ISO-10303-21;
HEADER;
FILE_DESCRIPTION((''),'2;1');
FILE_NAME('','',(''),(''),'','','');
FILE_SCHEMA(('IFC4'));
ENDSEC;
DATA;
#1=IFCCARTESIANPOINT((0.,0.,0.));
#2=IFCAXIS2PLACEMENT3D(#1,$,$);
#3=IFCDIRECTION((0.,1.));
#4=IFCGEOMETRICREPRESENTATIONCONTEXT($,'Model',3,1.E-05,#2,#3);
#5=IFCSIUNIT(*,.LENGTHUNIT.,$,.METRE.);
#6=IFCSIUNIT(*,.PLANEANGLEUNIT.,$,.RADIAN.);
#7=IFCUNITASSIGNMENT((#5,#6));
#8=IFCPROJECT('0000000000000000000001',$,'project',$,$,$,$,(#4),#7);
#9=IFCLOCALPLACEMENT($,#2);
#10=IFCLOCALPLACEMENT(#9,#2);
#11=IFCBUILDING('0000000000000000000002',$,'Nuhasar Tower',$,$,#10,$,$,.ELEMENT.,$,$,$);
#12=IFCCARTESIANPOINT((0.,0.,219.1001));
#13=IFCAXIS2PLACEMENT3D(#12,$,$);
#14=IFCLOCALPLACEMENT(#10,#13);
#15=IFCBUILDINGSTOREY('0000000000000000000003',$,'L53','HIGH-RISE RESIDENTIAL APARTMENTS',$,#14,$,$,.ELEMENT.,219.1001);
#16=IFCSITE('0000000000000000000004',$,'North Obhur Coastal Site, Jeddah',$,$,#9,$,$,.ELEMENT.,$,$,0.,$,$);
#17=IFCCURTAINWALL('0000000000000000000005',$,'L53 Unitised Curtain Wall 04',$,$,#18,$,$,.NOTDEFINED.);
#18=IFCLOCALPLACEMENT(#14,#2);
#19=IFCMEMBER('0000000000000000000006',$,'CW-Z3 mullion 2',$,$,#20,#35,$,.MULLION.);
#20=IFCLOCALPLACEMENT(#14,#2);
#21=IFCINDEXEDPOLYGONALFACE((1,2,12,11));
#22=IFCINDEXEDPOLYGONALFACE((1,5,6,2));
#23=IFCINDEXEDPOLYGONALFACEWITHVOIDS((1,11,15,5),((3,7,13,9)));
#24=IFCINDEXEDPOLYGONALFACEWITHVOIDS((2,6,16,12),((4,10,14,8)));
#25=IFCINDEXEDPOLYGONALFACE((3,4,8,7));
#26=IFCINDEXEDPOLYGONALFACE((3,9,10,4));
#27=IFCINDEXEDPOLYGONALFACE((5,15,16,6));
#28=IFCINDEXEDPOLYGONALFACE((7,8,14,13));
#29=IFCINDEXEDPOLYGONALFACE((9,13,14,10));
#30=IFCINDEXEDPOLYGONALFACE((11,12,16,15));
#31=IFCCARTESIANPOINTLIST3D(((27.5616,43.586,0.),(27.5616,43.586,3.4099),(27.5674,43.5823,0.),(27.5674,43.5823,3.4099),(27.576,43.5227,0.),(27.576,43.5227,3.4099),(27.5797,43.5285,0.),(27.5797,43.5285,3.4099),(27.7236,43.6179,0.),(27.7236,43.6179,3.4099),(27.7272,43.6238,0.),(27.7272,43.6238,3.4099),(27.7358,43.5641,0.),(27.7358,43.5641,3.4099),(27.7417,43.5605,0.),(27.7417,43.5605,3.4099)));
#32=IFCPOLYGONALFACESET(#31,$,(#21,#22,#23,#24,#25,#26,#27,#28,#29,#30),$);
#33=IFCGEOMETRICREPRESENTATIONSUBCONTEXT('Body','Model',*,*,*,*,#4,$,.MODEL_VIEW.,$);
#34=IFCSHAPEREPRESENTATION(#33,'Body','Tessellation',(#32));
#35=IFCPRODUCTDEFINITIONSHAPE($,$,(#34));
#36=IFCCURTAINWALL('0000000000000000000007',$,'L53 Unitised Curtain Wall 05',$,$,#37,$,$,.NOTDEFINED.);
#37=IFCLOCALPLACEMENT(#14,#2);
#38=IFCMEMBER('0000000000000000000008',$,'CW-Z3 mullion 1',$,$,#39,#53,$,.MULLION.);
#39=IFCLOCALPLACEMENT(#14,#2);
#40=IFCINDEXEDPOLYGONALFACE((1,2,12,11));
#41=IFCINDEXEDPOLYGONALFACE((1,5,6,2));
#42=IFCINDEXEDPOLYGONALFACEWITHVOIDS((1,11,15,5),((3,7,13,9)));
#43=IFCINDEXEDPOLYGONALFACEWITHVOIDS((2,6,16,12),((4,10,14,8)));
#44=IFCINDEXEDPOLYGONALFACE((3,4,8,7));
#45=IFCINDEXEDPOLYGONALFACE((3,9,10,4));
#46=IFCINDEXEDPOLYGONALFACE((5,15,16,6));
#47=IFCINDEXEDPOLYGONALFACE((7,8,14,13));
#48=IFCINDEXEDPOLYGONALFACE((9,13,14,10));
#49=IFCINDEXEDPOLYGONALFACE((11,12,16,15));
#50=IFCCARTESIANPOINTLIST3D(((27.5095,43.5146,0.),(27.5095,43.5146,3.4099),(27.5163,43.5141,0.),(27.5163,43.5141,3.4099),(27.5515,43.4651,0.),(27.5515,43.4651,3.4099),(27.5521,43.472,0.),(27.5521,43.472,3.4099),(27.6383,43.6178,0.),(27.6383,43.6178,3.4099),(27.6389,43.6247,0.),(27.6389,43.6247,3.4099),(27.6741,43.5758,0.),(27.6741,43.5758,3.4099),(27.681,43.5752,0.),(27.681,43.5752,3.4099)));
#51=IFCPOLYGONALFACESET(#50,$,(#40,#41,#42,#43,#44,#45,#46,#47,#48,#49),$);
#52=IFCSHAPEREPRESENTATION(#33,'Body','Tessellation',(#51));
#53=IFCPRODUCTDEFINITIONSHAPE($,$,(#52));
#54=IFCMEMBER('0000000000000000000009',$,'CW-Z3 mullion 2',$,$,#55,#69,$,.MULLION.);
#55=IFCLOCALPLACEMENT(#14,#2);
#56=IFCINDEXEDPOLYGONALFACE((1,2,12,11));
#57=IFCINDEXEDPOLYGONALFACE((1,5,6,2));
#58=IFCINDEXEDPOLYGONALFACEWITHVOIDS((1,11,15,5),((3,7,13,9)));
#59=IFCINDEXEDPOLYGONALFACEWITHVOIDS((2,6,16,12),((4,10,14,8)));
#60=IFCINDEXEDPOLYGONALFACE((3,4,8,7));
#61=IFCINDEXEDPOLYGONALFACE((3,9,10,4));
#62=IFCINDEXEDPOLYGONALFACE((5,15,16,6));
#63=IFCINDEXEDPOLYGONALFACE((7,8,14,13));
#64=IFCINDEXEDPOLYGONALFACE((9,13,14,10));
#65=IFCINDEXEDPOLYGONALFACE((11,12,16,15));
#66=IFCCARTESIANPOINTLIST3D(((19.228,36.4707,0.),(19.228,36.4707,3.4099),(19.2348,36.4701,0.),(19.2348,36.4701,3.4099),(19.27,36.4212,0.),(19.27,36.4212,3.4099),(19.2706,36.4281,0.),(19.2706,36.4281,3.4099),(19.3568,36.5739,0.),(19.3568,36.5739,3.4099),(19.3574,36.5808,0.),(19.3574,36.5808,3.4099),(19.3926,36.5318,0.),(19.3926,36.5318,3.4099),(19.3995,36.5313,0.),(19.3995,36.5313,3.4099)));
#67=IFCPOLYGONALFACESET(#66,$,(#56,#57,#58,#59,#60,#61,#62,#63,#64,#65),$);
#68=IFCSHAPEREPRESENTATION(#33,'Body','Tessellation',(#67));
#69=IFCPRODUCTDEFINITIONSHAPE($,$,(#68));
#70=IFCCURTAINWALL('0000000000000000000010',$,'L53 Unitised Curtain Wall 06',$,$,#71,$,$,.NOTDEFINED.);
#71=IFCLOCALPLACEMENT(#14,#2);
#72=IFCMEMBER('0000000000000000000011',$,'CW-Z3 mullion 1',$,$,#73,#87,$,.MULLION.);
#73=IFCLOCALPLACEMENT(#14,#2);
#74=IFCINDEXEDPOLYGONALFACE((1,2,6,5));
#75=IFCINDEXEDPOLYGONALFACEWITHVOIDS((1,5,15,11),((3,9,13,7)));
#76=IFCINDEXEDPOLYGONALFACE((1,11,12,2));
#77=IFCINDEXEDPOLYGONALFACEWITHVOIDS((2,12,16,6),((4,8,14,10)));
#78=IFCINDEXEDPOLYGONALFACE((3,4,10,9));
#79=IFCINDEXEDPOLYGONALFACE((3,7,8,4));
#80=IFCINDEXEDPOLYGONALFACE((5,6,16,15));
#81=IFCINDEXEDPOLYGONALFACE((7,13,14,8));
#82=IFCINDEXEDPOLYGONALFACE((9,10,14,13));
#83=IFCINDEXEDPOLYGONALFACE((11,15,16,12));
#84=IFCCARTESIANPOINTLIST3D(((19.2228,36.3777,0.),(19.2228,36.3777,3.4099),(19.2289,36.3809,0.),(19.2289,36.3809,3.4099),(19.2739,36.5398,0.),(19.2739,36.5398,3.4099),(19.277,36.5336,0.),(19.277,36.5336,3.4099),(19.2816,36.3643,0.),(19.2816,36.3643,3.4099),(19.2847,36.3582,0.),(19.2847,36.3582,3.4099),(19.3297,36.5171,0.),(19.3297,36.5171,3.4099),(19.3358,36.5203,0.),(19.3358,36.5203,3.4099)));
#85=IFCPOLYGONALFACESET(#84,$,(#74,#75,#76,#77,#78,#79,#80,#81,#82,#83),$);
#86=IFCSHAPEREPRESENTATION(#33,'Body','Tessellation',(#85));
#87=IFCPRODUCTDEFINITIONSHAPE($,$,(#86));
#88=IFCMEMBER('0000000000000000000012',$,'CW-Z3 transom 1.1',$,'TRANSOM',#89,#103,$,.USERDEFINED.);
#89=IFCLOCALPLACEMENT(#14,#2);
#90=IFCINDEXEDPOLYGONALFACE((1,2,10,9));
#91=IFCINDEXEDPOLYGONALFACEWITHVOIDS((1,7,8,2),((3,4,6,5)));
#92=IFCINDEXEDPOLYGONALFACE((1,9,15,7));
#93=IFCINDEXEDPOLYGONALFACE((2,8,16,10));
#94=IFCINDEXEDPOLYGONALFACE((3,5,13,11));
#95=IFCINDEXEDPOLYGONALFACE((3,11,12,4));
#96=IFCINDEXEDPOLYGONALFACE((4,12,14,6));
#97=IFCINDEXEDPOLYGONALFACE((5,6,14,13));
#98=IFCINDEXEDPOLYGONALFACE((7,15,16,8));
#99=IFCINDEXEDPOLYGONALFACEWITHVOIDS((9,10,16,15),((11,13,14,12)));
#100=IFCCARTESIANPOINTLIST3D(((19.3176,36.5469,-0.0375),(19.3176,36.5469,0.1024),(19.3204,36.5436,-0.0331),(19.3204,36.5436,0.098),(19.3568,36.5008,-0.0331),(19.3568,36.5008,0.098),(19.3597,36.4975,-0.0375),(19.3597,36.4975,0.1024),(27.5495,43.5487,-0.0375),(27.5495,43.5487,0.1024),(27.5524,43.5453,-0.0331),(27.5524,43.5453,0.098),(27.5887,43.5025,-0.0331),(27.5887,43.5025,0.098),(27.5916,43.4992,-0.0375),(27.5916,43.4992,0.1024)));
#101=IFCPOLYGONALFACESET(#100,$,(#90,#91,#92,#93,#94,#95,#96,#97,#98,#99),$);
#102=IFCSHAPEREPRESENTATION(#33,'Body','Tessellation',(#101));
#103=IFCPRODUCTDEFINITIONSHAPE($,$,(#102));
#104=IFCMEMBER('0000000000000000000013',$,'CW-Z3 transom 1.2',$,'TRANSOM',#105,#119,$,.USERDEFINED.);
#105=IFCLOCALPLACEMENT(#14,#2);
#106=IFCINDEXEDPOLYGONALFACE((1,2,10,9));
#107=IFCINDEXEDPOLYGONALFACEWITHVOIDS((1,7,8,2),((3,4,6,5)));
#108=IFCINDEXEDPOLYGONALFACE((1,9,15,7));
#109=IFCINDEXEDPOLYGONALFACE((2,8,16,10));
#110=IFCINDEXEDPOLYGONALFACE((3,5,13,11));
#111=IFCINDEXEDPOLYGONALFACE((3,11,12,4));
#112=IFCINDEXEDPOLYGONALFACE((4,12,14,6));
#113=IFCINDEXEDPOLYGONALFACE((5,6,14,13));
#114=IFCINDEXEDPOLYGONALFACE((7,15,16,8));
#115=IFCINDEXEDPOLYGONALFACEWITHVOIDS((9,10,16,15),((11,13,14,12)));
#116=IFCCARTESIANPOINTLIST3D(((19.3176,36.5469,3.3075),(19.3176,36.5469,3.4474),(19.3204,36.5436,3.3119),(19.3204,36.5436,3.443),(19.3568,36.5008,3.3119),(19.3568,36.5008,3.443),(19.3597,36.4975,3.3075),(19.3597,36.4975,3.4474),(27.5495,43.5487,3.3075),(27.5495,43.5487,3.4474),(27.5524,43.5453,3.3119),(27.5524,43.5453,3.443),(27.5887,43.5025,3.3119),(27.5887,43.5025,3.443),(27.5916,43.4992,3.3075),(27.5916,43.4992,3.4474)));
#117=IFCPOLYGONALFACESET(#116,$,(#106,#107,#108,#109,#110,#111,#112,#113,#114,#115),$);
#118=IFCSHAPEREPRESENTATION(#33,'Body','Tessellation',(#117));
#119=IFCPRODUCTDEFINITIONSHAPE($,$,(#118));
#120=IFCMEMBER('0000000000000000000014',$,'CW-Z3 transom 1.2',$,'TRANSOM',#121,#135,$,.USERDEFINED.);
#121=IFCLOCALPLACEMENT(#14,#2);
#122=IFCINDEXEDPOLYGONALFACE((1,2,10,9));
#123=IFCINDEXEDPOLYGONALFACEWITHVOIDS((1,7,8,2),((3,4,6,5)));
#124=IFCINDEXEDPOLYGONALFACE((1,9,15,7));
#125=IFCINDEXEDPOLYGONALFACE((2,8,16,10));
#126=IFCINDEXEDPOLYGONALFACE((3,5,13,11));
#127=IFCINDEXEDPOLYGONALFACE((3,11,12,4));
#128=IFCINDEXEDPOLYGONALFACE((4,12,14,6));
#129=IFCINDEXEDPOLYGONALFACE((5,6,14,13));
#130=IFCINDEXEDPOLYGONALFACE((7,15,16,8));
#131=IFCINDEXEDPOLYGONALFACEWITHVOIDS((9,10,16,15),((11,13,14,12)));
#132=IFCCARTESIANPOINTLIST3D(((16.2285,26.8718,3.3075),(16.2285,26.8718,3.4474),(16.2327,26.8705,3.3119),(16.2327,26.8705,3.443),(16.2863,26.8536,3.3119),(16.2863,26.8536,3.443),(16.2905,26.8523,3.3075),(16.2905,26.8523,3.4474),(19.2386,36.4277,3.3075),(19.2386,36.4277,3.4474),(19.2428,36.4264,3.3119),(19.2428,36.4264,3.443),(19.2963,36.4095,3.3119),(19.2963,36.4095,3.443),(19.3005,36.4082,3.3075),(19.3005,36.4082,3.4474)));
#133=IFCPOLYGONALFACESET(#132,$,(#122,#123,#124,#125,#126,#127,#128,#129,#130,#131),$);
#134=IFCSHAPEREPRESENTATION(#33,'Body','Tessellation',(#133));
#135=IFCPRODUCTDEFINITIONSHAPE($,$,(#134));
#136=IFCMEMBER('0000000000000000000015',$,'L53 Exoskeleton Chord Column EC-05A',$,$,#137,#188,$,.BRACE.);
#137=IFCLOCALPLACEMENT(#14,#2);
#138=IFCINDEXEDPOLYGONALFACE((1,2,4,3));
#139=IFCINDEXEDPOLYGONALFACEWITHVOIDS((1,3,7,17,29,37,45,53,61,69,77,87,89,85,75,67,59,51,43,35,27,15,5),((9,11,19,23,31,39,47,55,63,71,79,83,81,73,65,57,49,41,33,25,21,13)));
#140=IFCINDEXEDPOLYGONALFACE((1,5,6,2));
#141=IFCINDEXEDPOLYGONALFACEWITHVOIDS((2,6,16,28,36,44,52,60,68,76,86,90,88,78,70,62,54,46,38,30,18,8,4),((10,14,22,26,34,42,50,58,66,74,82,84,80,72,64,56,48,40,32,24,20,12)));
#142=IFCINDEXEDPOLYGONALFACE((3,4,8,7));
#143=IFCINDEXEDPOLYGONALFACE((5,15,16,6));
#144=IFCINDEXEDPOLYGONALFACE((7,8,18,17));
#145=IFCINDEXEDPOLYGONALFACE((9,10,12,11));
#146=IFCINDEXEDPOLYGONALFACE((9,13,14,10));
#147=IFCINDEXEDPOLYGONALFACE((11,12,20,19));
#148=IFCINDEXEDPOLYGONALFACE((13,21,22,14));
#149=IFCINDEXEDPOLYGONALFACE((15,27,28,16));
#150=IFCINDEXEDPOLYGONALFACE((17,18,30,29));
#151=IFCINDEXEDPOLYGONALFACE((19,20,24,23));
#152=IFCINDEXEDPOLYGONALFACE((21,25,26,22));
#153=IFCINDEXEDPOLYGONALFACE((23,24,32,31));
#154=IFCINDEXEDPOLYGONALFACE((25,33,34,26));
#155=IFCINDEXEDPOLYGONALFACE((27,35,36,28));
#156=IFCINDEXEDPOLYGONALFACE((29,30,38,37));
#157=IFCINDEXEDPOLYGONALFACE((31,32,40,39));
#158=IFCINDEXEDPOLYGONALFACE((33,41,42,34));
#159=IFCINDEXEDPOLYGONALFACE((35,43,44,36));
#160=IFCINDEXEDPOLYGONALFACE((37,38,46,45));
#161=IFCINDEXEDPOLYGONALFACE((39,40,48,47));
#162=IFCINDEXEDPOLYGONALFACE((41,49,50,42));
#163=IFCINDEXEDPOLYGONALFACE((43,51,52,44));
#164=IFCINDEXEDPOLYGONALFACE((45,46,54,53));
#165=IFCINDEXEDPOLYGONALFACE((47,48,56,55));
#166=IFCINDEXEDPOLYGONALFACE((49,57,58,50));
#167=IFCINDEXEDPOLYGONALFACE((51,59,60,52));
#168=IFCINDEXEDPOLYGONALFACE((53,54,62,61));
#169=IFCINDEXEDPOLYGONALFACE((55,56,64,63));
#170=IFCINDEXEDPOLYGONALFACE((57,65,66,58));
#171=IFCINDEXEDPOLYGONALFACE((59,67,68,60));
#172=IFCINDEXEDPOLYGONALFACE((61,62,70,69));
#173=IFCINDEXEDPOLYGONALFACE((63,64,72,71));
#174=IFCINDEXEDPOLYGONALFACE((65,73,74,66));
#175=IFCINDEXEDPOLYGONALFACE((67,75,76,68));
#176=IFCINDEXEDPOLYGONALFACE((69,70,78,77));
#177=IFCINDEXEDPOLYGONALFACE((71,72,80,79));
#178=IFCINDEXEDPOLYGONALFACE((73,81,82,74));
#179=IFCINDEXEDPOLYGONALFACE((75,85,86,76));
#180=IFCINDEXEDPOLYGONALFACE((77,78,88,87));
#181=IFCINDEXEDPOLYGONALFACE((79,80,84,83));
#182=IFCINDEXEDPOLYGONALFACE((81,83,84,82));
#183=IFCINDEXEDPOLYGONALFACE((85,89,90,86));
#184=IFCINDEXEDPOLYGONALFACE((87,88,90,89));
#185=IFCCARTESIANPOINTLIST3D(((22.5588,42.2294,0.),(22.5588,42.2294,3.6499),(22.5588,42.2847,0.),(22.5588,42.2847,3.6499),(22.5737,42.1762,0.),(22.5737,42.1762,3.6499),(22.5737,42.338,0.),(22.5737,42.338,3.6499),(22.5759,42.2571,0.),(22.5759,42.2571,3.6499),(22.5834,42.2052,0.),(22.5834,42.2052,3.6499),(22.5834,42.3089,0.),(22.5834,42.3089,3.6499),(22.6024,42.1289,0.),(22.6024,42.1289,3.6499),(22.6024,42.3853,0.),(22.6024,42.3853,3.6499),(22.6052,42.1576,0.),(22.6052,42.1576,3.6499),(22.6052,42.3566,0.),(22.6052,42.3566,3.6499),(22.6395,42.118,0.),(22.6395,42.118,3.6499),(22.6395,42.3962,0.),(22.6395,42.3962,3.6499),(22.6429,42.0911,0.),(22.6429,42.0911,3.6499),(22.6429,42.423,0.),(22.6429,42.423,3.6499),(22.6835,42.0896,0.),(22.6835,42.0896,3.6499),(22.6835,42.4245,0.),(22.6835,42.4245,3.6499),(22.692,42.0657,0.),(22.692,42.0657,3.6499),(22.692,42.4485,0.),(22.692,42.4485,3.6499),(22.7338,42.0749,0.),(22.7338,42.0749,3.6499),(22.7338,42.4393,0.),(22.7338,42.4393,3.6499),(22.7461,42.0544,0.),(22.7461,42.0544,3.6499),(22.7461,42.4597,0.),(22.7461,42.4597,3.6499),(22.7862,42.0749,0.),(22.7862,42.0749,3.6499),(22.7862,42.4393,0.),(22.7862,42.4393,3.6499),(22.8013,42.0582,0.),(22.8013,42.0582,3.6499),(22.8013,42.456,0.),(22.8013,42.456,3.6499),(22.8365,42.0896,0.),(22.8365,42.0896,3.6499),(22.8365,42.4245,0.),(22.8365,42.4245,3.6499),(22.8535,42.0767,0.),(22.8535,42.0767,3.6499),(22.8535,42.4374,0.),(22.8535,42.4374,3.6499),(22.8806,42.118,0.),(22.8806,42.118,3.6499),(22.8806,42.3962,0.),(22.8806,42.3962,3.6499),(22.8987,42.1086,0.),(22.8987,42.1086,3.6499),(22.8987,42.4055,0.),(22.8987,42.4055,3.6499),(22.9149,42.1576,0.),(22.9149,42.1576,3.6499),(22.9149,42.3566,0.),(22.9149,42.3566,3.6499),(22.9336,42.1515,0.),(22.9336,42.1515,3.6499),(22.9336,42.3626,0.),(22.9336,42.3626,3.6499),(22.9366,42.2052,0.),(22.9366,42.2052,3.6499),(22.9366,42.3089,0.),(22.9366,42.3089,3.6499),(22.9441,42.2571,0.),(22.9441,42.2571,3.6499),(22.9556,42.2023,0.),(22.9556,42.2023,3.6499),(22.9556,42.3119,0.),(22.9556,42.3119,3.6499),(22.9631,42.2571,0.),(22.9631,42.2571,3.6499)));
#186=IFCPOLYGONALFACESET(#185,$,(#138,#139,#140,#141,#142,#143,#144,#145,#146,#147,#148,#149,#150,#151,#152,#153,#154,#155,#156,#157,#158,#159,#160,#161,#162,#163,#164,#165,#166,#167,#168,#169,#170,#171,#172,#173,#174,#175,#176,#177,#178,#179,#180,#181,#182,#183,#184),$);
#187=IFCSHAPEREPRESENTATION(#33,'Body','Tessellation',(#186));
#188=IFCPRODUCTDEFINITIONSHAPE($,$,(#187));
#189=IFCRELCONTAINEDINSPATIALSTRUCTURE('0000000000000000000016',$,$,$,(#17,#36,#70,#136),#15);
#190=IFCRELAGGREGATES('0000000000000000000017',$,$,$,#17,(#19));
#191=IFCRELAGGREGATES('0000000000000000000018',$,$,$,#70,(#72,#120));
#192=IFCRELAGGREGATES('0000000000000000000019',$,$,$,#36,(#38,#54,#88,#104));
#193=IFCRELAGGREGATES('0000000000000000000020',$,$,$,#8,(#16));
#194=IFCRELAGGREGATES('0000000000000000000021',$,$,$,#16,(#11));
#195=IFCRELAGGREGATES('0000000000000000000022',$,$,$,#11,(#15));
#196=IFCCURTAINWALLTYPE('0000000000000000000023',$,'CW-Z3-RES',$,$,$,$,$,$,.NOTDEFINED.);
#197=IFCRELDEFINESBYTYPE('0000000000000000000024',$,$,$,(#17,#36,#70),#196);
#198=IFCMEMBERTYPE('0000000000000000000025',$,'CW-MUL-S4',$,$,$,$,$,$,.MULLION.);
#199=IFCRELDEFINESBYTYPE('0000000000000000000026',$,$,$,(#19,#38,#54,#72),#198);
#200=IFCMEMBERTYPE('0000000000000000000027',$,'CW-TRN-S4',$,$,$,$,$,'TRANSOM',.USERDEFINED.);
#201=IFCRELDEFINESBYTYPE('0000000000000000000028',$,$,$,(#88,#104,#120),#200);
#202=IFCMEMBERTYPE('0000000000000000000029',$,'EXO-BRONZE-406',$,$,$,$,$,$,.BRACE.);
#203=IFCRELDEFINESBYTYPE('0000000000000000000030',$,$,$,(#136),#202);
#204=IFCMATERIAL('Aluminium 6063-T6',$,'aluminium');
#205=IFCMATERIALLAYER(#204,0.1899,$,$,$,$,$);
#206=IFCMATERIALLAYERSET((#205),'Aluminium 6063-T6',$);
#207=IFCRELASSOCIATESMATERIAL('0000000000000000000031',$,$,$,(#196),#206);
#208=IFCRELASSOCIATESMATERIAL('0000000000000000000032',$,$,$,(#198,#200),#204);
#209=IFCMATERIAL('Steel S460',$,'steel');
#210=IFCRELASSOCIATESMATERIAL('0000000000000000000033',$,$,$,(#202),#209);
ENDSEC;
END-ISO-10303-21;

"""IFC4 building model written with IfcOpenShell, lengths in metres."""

from ifc_helpers import new_model, si_unit, direction, frame, origin, origin_2d, place, context, subcontext, project, spatial, hollow_rectangle, hollow_circle, extrude, material, layer, layer_set, material_profile, profile_set, type_object, element, aggregate, save


model = new_model("IFC4")

# Units and contexts
model_context = context("Model", 3, precision=1e-05, world=origin(), true_north=direction((0.0, 1.0)))
body_context = subcontext(model_context, "Body", "Model", "MODEL_VIEW")
ifc_project = project(units=[si_unit("LENGTHUNIT", "METRE"), si_unit("PLANEANGLEUNIT", "RADIAN")], contexts=[model_context])

# Site, building, storey
site_placement = place(None, origin())
site = spatial("IfcSite", under=ifc_project, at=site_placement, Name="North Obhur Coastal Site, Jeddah", CompositionType="ELEMENT", RefElevation=0.0)
building_placement = place(site_placement, origin())
building = spatial("IfcBuilding", under=site, at=building_placement, Name="Nuhasar Tower", CompositionType="ELEMENT")
storey_placement = place(building_placement, frame((0.0, 0.0, 219.1001)))
storey = spatial("IfcBuildingStorey", under=building, at=storey_placement, Name="L53", Description="HIGH-RISE RESIDENTIAL APARTMENTS", CompositionType="ELEMENT", Elevation=219.1001)

# Curtain wall, member
ifc_material_1 = material(Name="Aluminium 6063-T6", Category="aluminium")
ifc_layer_1 = layer(ifc_material_1, 0.1899)
ifc_layer_set_1 = layer_set([ifc_layer_1], Name="Aluminium 6063-T6")
curtain_wall_type = type_object("IfcCurtainWallType", Name="CW-Z3-RES", PredefinedType="NOTDEFINED", material=ifc_layer_set_1)
curtain_wall_1_placement = place(storey_placement, origin())
curtain_wall_1 = element("IfcCurtainWall", 1, at=curtain_wall_1_placement, inside=storey, type_object=curtain_wall_type, Name="L53 Unitised Curtain Wall 04", PredefinedType="NOTDEFINED")
ifc_material_profile_1 = material_profile(ifc_material_1, hollow_rectangle(XDim=0.0649, YDim=0.1699, WallThickness=0.0049, at=origin_2d()), Name="CWM-4")
ifc_profile_set_1 = profile_set([ifc_material_profile_1], Name="Aluminium 6063-T6")
member_type_1 = type_object("IfcMemberType", Name="CW-MUL-S4", PredefinedType="MULLION", material=ifc_profile_set_1)
member_1_placement = place(storey_placement, frame((27.6516, 43.5732, 0.0), z_axis=(0.0, 0.0, 1.0), x_axis=(0.222243, -0.974991, 0.0)))
member_1 = element("IfcMember", 2, at=member_1_placement, type_object=member_type_1, Name="CW-Z3 mullion 2", PredefinedType="MULLION", context=body_context, shape_type="SweptSolid", body=[
    extrude(hollow_rectangle(XDim=0.0649, YDim=0.1699, WallThickness=0.0049, at=origin_2d()), origin(), (0.0, 0.0, 1.0), 3.4099),
])
aggregate(curtain_wall_1, [member_1])

# Curtain wall, members
curtain_wall_2_placement = place(storey_placement, origin())
curtain_wall_2 = element("IfcCurtainWall", 3, at=curtain_wall_2_placement, inside=storey, type_object=curtain_wall_type, Name="L53 Unitised Curtain Wall 05", PredefinedType="NOTDEFINED")
member_2_placement = place(storey_placement, frame((27.5952, 43.5449, 0.0), z_axis=(0.0, 0.0, 1.0), x_axis=(0.647895, -0.761729, 0.0)))
member_2 = element("IfcMember", 4, at=member_2_placement, type_object=member_type_1, Name="CW-Z3 mullion 1", PredefinedType="MULLION", context=body_context, shape_type="SweptSolid", body=[
    extrude(hollow_rectangle(XDim=0.0649, YDim=0.1699, WallThickness=0.0049, at=origin_2d()), origin(), (0.0, 0.0, 1.0), 3.4099),
])
member_3_placement = place(storey_placement, frame((19.3137, 36.501, 0.0), z_axis=(0.0, 0.0, 1.0), x_axis=(0.647895, -0.761729, 0.0)))
member_3 = element("IfcMember", 5, at=member_3_placement, type_object=member_type_1, Name="CW-Z3 mullion 2", PredefinedType="MULLION", context=body_context, shape_type="SweptSolid", body=[
    extrude(hollow_rectangle(XDim=0.0649, YDim=0.1699, WallThickness=0.0049, at=origin_2d()), origin(), (0.0, 0.0, 1.0), 3.4099),
])

# Curtain wall, member
curtain_wall_3_placement = place(storey_placement, origin())
curtain_wall_3 = element("IfcCurtainWall", 6, at=curtain_wall_3_placement, inside=storey, type_object=curtain_wall_type, Name="L53 Unitised Curtain Wall 06", PredefinedType="NOTDEFINED")
member_4_placement = place(storey_placement, frame((19.2793, 36.449, 0.0), z_axis=(0.0, 0.0, 1.0), x_axis=(0.953804, -0.300429, 0.0)))
member_4 = element("IfcMember", 7, at=member_4_placement, type_object=member_type_1, Name="CW-Z3 mullion 1", PredefinedType="MULLION", context=body_context, shape_type="SweptSolid", body=[
    extrude(hollow_rectangle(XDim=0.0649, YDim=0.1699, WallThickness=0.0049, at=origin_2d()), origin(), (0.0, 0.0, 1.0), 3.4099),
])

# Members
ifc_material_profile_2 = material_profile(ifc_material_1, hollow_rectangle(XDim=0.0649, YDim=0.1399, WallThickness=0.0044, at=origin_2d()), Name="CWT-4")
ifc_profile_set_2 = profile_set([ifc_material_profile_2], Name="Aluminium 6063-T6")
member_type_2 = type_object("IfcMemberType", Name="CW-TRN-S4", ElementType="TRANSOM", PredefinedType="USERDEFINED", material=ifc_profile_set_2)
member_5_placement = place(storey_placement, frame((27.5706, 43.5239, 0.0325), z_axis=(-0.761731, -0.647894, 0.0), x_axis=(0.647894, -0.761731, 0.0)))
member_5 = element("IfcMember", 8, at=member_5_placement, type_object=member_type_2, Name="CW-Z3 transom 1.1", ObjectType="TRANSOM", PredefinedType="USERDEFINED", context=body_context, shape_type="SweptSolid", body=[
    extrude(hollow_rectangle(XDim=0.0649, YDim=0.1399, WallThickness=0.0044, at=origin_2d()), origin(), (0.0, 0.0, 1.0), 10.8069),
])
member_6_placement = place(storey_placement, frame((27.5706, 43.5239, 3.3774), z_axis=(-0.761731, -0.647894, 0.0), x_axis=(0.647894, -0.761731, 0.0)))
member_6 = element("IfcMember", 9, at=member_6_placement, type_object=member_type_2, Name="CW-Z3 transom 1.2", ObjectType="TRANSOM", PredefinedType="USERDEFINED", context=body_context, shape_type="SweptSolid", body=[
    extrude(hollow_rectangle(XDim=0.0649, YDim=0.1399, WallThickness=0.0044, at=origin_2d()), origin(), (0.0, 0.0, 1.0), 10.8069),
])
member_7_placement = place(storey_placement, frame((19.2695, 36.418, 3.3774), z_axis=(-0.300437, -0.953802, 0.0), x_axis=(0.953802, -0.300437, 0.0)))
member_7 = element("IfcMember", 10, at=member_7_placement, type_object=member_type_2, Name="CW-Z3 transom 1.2", ObjectType="TRANSOM", PredefinedType="USERDEFINED", context=body_context, shape_type="SweptSolid", body=[
    extrude(hollow_rectangle(XDim=0.0649, YDim=0.1399, WallThickness=0.0044, at=origin_2d()), origin(), (0.0, 0.0, 1.0), 10.0188),
])
aggregate(curtain_wall_3, [member_4, member_7])

# Member
ifc_material_2 = material(Name="Steel S460", Category="steel")
ifc_material_profile_3 = material_profile(ifc_material_2, hollow_circle(Radius=0.2031, WallThickness=0.019, at=origin_2d()), Name="HSS406.4X19.1")
ifc_profile_set_3 = profile_set([ifc_material_profile_3], Name="Steel S460")
member_type_3 = type_object("IfcMemberType", Name="EXO-BRONZE-406", PredefinedType="BRACE", material=ifc_profile_set_3)
for number, where, z_axis, x_axis, name in (
    (11, (22.76, 42.2571, 0.0), (0.0, 0.0, 1.0), (1.0, 0.0, 0.0), "L53 Exoskeleton Chord Column EC-05A"),
):
    element("IfcMember", number, at=place(storey_placement, frame(where, z_axis=z_axis, x_axis=x_axis)), inside=storey, type_object=member_type_3, Name=name, PredefinedType="BRACE", context=body_context, shape_type="SweptSolid", body=[
        extrude(hollow_circle(Radius=0.2031, WallThickness=0.019, at=origin_2d()), origin(), (0.0, 0.0, 1.0), 3.6499),
    ])

aggregate(curtain_wall_2, [member_2, member_3, member_5, member_6])

save(model, "model.ifc")
